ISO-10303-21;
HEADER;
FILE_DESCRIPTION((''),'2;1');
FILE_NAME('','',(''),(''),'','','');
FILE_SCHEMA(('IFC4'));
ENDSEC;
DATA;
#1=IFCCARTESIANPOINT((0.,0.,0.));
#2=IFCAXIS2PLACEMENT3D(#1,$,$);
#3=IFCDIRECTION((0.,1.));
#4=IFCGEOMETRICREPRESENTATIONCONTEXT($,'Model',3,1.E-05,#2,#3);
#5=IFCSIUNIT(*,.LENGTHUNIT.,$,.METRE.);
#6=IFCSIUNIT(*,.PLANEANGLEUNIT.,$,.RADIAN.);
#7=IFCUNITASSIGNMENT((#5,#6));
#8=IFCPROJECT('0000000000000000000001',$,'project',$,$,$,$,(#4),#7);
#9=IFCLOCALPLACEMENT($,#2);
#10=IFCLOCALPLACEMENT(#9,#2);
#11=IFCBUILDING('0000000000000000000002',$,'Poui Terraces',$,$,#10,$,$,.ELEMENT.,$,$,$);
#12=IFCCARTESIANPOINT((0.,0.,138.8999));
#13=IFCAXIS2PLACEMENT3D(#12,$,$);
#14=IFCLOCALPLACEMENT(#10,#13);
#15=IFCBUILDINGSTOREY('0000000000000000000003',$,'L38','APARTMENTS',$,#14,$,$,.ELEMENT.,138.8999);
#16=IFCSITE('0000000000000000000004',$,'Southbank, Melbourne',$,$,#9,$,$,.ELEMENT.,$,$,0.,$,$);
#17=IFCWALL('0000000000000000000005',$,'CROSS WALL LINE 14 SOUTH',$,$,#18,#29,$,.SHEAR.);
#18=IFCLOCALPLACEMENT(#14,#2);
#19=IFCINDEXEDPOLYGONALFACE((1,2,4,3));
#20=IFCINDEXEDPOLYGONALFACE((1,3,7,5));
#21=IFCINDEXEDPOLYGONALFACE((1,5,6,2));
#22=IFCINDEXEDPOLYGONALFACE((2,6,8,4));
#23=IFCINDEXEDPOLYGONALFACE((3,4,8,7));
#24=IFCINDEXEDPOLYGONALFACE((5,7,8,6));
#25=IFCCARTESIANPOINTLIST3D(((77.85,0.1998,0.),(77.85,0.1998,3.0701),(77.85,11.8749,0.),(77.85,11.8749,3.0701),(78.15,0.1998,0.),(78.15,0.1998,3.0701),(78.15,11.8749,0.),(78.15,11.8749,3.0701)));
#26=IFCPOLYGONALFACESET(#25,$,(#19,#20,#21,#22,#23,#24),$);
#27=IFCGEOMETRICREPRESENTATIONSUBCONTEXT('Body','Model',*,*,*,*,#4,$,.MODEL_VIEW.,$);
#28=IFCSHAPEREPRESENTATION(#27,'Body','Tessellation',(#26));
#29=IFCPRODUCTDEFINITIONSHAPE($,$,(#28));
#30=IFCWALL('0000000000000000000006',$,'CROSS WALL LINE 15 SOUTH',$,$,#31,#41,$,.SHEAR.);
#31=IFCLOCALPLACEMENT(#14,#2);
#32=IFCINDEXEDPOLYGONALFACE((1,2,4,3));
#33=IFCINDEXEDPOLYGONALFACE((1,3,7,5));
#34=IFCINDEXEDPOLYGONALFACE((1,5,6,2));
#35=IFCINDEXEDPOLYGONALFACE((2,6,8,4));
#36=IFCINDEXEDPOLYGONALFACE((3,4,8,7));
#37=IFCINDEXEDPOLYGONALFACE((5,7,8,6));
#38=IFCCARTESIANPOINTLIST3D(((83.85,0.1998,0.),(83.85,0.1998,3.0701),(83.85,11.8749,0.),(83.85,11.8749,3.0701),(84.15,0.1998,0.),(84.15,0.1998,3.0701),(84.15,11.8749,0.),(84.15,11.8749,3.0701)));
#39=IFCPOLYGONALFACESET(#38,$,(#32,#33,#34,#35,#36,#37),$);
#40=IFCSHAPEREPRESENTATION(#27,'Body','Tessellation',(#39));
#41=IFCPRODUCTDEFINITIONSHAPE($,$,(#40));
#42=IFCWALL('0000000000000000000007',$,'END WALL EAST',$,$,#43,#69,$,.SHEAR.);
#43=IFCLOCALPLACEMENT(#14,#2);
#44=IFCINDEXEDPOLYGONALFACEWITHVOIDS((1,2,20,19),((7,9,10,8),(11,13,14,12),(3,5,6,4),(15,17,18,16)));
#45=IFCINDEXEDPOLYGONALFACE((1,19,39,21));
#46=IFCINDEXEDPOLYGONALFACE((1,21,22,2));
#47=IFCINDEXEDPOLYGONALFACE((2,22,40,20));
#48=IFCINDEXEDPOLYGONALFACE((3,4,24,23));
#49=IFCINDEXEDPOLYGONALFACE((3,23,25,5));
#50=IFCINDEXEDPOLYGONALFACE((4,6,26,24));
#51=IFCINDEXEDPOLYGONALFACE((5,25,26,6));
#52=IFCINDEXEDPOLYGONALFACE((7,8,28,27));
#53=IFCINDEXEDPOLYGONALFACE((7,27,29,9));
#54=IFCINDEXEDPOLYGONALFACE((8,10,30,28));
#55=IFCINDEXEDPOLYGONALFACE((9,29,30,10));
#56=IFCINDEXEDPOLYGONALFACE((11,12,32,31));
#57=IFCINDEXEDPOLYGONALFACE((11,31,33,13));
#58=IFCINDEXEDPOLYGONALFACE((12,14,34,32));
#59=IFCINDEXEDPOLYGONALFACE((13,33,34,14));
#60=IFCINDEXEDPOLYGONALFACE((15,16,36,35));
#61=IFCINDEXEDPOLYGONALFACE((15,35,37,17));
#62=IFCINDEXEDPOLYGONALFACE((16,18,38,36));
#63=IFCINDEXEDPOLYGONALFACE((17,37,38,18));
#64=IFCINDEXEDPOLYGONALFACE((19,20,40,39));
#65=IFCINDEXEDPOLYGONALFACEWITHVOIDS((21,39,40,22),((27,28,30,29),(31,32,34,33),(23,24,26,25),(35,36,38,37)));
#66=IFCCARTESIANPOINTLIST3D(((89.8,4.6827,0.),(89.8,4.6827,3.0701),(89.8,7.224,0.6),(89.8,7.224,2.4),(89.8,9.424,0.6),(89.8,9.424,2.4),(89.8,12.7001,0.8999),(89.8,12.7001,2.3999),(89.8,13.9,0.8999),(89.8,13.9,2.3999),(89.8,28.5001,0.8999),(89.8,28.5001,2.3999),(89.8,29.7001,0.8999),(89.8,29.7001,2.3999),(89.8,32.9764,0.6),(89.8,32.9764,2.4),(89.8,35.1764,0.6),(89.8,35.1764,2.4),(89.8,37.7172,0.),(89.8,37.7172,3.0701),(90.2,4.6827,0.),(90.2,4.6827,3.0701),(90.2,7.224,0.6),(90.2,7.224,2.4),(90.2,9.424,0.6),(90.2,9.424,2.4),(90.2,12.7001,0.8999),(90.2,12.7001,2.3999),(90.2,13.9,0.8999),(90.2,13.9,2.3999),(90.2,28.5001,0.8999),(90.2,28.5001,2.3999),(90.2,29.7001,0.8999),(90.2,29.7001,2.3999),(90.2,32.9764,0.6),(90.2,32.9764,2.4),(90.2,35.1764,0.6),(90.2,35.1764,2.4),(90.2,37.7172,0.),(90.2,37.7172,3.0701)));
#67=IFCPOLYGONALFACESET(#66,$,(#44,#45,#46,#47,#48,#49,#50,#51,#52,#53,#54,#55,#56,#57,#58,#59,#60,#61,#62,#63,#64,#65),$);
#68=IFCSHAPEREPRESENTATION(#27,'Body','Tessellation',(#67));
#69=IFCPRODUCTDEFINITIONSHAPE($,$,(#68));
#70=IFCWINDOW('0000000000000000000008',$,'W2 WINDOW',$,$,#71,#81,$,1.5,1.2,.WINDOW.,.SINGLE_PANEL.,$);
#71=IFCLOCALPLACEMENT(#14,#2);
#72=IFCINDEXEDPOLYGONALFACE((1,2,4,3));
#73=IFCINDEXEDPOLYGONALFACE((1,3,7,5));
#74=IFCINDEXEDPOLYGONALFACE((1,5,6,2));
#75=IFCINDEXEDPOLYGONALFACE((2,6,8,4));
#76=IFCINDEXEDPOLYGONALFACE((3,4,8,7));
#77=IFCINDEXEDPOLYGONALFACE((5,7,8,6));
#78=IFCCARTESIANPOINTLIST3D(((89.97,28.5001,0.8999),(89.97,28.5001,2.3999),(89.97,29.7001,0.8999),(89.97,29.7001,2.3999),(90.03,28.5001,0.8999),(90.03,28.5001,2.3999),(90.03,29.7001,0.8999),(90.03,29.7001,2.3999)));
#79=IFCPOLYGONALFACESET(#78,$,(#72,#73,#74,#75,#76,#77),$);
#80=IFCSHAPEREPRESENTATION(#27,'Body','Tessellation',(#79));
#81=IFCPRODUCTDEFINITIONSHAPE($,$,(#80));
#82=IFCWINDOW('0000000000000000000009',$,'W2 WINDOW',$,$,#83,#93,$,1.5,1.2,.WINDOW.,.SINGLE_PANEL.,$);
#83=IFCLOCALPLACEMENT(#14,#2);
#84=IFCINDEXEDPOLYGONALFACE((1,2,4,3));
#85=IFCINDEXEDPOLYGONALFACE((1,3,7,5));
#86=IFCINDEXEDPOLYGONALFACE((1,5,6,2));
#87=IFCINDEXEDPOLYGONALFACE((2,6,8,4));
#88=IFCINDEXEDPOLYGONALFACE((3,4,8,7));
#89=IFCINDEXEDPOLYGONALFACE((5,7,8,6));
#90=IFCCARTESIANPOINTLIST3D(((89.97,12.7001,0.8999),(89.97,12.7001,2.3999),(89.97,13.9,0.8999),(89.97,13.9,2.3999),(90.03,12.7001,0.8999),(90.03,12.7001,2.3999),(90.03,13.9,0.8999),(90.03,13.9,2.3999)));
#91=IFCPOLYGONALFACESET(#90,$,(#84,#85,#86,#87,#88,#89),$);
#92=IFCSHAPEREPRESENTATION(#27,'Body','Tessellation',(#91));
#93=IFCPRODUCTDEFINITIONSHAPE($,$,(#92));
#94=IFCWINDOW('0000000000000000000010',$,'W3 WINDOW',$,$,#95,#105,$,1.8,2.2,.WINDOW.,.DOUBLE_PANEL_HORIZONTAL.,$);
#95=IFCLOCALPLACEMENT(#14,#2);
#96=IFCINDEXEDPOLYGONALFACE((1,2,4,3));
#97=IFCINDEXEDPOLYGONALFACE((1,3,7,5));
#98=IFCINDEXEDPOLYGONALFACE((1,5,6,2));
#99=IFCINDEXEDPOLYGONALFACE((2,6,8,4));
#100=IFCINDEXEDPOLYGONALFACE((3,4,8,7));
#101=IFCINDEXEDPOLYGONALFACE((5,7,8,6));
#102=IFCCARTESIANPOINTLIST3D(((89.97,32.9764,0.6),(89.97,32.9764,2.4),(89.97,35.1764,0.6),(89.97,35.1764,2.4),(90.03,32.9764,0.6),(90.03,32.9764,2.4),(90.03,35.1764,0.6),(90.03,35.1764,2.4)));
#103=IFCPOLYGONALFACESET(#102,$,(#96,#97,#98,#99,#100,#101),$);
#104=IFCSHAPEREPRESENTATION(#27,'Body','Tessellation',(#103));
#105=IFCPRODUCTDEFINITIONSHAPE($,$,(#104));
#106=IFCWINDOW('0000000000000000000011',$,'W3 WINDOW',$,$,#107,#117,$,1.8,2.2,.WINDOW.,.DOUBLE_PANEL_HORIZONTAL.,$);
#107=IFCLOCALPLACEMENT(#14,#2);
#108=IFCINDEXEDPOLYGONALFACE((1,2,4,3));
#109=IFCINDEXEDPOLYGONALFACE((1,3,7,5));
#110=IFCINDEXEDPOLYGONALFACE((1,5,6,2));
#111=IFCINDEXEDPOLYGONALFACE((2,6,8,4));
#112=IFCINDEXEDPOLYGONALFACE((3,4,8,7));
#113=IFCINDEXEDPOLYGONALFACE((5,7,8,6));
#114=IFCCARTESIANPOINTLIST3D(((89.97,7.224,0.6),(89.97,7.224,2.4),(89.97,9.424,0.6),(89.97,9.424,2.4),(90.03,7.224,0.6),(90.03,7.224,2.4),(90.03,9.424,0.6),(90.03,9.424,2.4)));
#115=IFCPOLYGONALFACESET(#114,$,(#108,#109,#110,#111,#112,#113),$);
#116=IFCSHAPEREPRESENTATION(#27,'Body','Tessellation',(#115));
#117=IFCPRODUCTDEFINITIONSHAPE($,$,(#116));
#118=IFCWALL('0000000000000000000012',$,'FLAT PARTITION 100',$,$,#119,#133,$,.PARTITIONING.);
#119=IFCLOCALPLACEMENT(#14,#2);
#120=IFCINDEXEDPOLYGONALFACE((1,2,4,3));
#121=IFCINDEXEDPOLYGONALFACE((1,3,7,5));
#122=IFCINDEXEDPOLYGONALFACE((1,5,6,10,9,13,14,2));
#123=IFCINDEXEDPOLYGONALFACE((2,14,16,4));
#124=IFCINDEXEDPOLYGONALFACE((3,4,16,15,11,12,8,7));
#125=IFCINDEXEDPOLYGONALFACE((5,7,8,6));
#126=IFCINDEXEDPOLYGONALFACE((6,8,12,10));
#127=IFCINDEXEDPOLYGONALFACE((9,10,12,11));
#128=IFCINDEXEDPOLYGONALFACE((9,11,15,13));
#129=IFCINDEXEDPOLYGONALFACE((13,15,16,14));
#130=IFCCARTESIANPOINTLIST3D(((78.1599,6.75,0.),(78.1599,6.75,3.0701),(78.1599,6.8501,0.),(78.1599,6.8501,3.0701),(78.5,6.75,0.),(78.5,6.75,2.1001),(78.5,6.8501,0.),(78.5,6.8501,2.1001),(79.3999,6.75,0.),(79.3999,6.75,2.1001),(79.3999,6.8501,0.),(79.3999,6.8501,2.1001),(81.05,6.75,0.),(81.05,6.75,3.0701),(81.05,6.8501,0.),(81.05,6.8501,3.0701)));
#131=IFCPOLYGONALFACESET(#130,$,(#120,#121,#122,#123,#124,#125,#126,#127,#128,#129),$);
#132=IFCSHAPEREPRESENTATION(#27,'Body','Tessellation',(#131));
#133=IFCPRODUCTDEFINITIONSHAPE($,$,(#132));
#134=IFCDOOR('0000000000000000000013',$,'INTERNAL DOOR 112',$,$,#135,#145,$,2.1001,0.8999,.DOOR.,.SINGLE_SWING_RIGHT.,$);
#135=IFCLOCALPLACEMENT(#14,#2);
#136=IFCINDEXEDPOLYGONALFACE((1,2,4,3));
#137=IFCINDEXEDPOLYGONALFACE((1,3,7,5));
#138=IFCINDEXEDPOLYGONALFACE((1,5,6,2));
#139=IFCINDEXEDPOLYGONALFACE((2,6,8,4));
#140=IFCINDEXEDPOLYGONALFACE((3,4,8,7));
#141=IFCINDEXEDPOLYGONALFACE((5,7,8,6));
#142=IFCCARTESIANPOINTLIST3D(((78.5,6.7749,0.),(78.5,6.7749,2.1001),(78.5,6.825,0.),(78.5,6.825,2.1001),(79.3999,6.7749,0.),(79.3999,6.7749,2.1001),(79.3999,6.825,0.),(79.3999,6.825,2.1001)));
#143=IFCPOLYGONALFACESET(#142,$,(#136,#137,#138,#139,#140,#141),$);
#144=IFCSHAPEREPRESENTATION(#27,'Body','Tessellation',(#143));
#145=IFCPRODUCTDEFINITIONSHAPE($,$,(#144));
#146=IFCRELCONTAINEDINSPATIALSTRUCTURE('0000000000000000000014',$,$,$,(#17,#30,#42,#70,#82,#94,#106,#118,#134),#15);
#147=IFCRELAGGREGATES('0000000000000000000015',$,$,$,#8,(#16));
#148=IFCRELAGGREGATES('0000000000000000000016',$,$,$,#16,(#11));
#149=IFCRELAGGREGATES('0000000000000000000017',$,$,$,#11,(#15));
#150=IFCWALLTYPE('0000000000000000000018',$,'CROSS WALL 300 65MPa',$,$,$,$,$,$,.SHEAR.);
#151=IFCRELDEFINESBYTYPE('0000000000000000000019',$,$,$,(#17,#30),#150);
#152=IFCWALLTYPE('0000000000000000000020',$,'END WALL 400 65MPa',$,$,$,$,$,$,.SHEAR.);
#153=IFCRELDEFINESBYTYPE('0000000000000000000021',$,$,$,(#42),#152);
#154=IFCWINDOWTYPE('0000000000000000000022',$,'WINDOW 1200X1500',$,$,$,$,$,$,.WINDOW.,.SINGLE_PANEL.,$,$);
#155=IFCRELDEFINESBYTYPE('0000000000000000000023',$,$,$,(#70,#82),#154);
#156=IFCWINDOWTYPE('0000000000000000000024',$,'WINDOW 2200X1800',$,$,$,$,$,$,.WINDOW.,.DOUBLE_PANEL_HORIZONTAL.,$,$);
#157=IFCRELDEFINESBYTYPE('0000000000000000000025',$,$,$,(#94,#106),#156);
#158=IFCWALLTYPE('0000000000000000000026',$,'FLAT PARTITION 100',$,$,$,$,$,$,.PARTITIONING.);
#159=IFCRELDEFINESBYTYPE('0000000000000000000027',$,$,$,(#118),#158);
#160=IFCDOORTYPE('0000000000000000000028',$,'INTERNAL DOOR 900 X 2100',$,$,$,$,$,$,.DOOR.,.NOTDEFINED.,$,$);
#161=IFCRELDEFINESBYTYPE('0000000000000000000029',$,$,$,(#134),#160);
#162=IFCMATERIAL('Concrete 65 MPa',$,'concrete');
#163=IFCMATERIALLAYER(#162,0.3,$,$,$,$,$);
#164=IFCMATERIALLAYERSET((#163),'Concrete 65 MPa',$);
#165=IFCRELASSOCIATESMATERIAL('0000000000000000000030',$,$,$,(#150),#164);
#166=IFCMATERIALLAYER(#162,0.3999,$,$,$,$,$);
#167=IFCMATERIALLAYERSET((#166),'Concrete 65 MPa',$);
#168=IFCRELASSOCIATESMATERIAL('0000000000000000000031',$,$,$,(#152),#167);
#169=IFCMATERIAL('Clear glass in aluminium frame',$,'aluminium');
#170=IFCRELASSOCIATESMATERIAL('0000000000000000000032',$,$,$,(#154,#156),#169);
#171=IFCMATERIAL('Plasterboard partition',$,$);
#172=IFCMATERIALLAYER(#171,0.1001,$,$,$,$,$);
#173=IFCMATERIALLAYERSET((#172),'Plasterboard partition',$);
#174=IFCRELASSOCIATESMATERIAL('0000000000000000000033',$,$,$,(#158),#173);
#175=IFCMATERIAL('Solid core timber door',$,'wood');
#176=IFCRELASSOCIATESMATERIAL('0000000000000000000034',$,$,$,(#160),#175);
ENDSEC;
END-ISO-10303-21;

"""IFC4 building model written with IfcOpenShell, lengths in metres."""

from ifc_helpers import new_model, si_unit, direction, frame, frame_2d, origin, place, context, subcontext, project, spatial, rectangle, extrude, material, layer, layer_set, type_object, element, fill, save


model = new_model("IFC4")

# Units and contexts
model_context = context("Model", 3, precision=1e-05, world=origin(), true_north=direction((0.0, 1.0)))
body_context = subcontext(model_context, "Body", "Model", "MODEL_VIEW")
ifc_project = project(units=[si_unit("LENGTHUNIT", "METRE"), si_unit("PLANEANGLEUNIT", "RADIAN")], contexts=[model_context])

# Site, building, storey
site_placement = place(None, origin())
site = spatial("IfcSite", under=ifc_project, at=site_placement, Name="Southbank, Melbourne", CompositionType="ELEMENT", RefElevation=0.0)
building_placement = place(site_placement, origin())
building = spatial("IfcBuilding", under=site, at=building_placement, Name="Poui Terraces", CompositionType="ELEMENT")
storey_placement = place(building_placement, frame((0.0, 0.0, 138.8999)))
storey = spatial("IfcBuildingStorey", under=building, at=storey_placement, Name="L38", Description="APARTMENTS", CompositionType="ELEMENT", Elevation=138.8999)

# Walls
ifc_material_1 = material(Name="Concrete 65 MPa", Category="concrete")
ifc_layer_1 = layer(ifc_material_1, 0.3)
ifc_layer_set_1 = layer_set([ifc_layer_1], Name="Concrete 65 MPa")
wall_type_1 = type_object("IfcWallType", Name="CROSS WALL 300 65MPa", PredefinedType="SHEAR", material=ifc_layer_set_1)
for number, where, z_axis, x_axis, name in (
    (1, (78.0, 0.2, 0.0), (0.0, 0.0, 1.0), (0.0, 1.0, 0.0), "CROSS WALL LINE 14 SOUTH"),
    (2, (84.0, 0.2, 0.0), (0.0, 0.0, 1.0), (0.0, 1.0, 0.0), "CROSS WALL LINE 15 SOUTH"),
):
    element("IfcWall", number, at=place(storey_placement, frame(where, z_axis=z_axis, x_axis=x_axis)), inside=storey, type_object=wall_type_1, Name=name, PredefinedType="SHEAR", context=body_context, shape_type="SweptSolid", body=[
        extrude(rectangle(XDim=11.675, YDim=0.3, at=frame_2d((5.8374, 0.0))), origin(), (0.0, 0.0, 1.0), 3.0701),
    ])

# Wall, openings, windows
ifc_layer_2 = layer(ifc_material_1, 0.3999)
ifc_layer_set_2 = layer_set([ifc_layer_2], Name="Concrete 65 MPa")
wall_type_2 = type_object("IfcWallType", Name="END WALL 400 65MPa", PredefinedType="SHEAR", material=ifc_layer_set_2)
wall_1_placement = place(storey_placement, frame((90.0, 4.6829, 0.0), z_axis=(0.0, 0.0, 1.0), x_axis=(0.0, 1.0, 0.0)))
wall_1 = element("IfcWall", 3, at=wall_1_placement, inside=storey, type_object=wall_type_2, Name="END WALL EAST", PredefinedType="SHEAR", context=body_context, shape_type="SweptSolid", body=[
    extrude(rectangle(XDim=33.0344, YDim=0.3999, at=frame_2d((16.5171, 0.0))), origin(), (0.0, 0.0, 1.0), 3.0701),
])
opening_1_placement = place(wall_1_placement, frame((23.8171, 0.0, 0.8999)))
opening_1 = element("IfcOpeningElement", 4, at=opening_1_placement, cuts=wall_1, PredefinedType="OPENING", context=body_context, shape_type="SweptSolid", body=[
    extrude(rectangle(XDim=1.2, YDim=1.5, at=frame_2d((0.6001, 0.75))), frame((0.0, 0.21, 0.0), z_axis=(0.0, -1.0, 0.0), x_axis=(1.0, 0.0, 0.0)), (0.0, 0.0, 1.0), 0.4199),
])
opening_2_placement = place(wall_1_placement, frame((8.0171, 0.0, 0.8999)))
opening_2 = element("IfcOpeningElement", 5, at=opening_2_placement, cuts=wall_1, PredefinedType="OPENING", context=body_context, shape_type="SweptSolid", body=[
    extrude(rectangle(XDim=1.2, YDim=1.5, at=frame_2d((0.6001, 0.75))), frame((0.0, 0.21, 0.0), z_axis=(0.0, -1.0, 0.0), x_axis=(1.0, 0.0, 0.0)), (0.0, 0.0, 1.0), 0.4199),
])
opening_3_placement = place(wall_1_placement, frame((28.2935, 0.0, 0.6001)))
opening_3 = element("IfcOpeningElement", 6, at=opening_3_placement, cuts=wall_1, PredefinedType="OPENING", context=body_context, shape_type="SweptSolid", body=[
    extrude(rectangle(XDim=2.2, YDim=1.8, at=frame_2d((1.1001, 0.8999))), frame((0.0, 0.21, 0.0), z_axis=(0.0, -1.0, 0.0), x_axis=(1.0, 0.0, 0.0)), (0.0, 0.0, 1.0), 0.4199),
])
opening_4_placement = place(wall_1_placement, frame((2.541, 0.0, 0.6001)))
opening_4 = element("IfcOpeningElement", 7, at=opening_4_placement, cuts=wall_1, PredefinedType="OPENING", context=body_context, shape_type="SweptSolid", body=[
    extrude(rectangle(XDim=2.2, YDim=1.8, at=frame_2d((1.1001, 0.8999))), frame((0.0, 0.21, 0.0), z_axis=(0.0, -1.0, 0.0), x_axis=(1.0, 0.0, 0.0)), (0.0, 0.0, 1.0), 0.4199),
])
ifc_material_2 = material(Name="Clear glass in aluminium frame", Category="aluminium")
window_type_1 = type_object("IfcWindowType", Name="WINDOW 1200X1500", PartitioningType="SINGLE_PANEL", PredefinedType="WINDOW", material=ifc_material_2)
window_1_placement = place(opening_1_placement, origin())
window_1 = element("IfcWindow", 8, at=window_1_placement, inside=storey, type_object=window_type_1, Name="W2 WINDOW", OverallHeight=1.5, OverallWidth=1.2, PartitioningType="SINGLE_PANEL", PredefinedType="WINDOW", context=body_context, shape_type="SweptSolid", body=[
    extrude(rectangle(XDim=1.2, YDim=1.5, at=frame_2d((0.6001, 0.75))), frame((0.0, 0.03, 0.0), z_axis=(0.0, -1.0, 0.0), x_axis=(1.0, 0.0, 0.0)), (0.0, 0.0, 1.0), 0.0601),
])
fill(opening_1, window_1)
window_2_placement = place(opening_2_placement, origin())
window_2 = element("IfcWindow", 9, at=window_2_placement, inside=storey, type_object=window_type_1, Name="W2 WINDOW", OverallHeight=1.5, OverallWidth=1.2, PartitioningType="SINGLE_PANEL", PredefinedType="WINDOW", context=body_context, shape_type="SweptSolid", body=[
    extrude(rectangle(XDim=1.2, YDim=1.5, at=frame_2d((0.6001, 0.75))), frame((0.0, 0.03, 0.0), z_axis=(0.0, -1.0, 0.0), x_axis=(1.0, 0.0, 0.0)), (0.0, 0.0, 1.0), 0.0601),
])
fill(opening_2, window_2)
window_type_2 = type_object("IfcWindowType", Name="WINDOW 2200X1800", PartitioningType="DOUBLE_PANEL_HORIZONTAL", PredefinedType="WINDOW", material=ifc_material_2)
window_3_placement = place(opening_3_placement, origin())
window_3 = element("IfcWindow", 10, at=window_3_placement, inside=storey, type_object=window_type_2, Name="W3 WINDOW", OverallHeight=1.8, OverallWidth=2.2, PartitioningType="DOUBLE_PANEL_HORIZONTAL", PredefinedType="WINDOW", context=body_context, shape_type="SweptSolid", body=[
    extrude(rectangle(XDim=2.2, YDim=1.8, at=frame_2d((1.1001, 0.8999))), frame((0.0, 0.03, 0.0), z_axis=(0.0, -1.0, 0.0), x_axis=(1.0, 0.0, 0.0)), (0.0, 0.0, 1.0), 0.0601),
])
fill(opening_3, window_3)
window_4_placement = place(opening_4_placement, origin())
window_4 = element("IfcWindow", 11, at=window_4_placement, inside=storey, type_object=window_type_2, Name="W3 WINDOW", OverallHeight=1.8, OverallWidth=2.2, PartitioningType="DOUBLE_PANEL_HORIZONTAL", PredefinedType="WINDOW", context=body_context, shape_type="SweptSolid", body=[
    extrude(rectangle(XDim=2.2, YDim=1.8, at=frame_2d((1.1001, 0.8999))), frame((0.0, 0.03, 0.0), z_axis=(0.0, -1.0, 0.0), x_axis=(1.0, 0.0, 0.0)), (0.0, 0.0, 1.0), 0.0601),
])
fill(opening_4, window_4)

# Wall, opening, door
ifc_material_3 = material(Name="Plasterboard partition")
ifc_layer_3 = layer(ifc_material_3, 0.1001)
ifc_layer_set_3 = layer_set([ifc_layer_3], Name="Plasterboard partition")
wall_type_3 = type_object("IfcWallType", Name="FLAT PARTITION 100", PredefinedType="PARTITIONING", material=ifc_layer_set_3)
wall_2_placement = place(storey_placement, frame((78.1599, 6.8, 0.0), z_axis=(0.0, 0.0, 1.0), x_axis=(1.0, 0.0, 0.0)))
wall_2 = element("IfcWall", 12, at=wall_2_placement, inside=storey, type_object=wall_type_3, Name="FLAT PARTITION 100", PredefinedType="PARTITIONING", context=body_context, shape_type="SweptSolid", body=[
    extrude(rectangle(XDim=2.8901, YDim=0.1001, at=frame_2d((1.4451, 0.0))), origin(), (0.0, 0.0, 1.0), 3.0701),
])
opening_5_placement = place(wall_2_placement, frame((0.3401, 0.0, 0.0)))
opening_5 = element("IfcOpeningElement", 13, at=opening_5_placement, cuts=wall_2, PredefinedType="OPENING", context=body_context, shape_type="SweptSolid", body=[
    extrude(rectangle(XDim=0.8999, YDim=2.1001, at=frame_2d((0.45, 1.05))), frame((0.0, 0.0601, 0.0), z_axis=(0.0, -1.0, 0.0), x_axis=(1.0, 0.0, 0.0)), (0.0, 0.0, 1.0), 0.1201),
])
ifc_material_4 = material(Name="Solid core timber door", Category="wood")
door_type_1 = type_object("IfcDoorType", Name="INTERNAL DOOR 900 X 2100", OperationType="NOTDEFINED", PredefinedType="DOOR", material=ifc_material_4)
door_1_placement = place(opening_5_placement, origin())
door_1 = element("IfcDoor", 14, at=door_1_placement, inside=storey, type_object=door_type_1, Name="INTERNAL DOOR 112", OperationType="SINGLE_SWING_RIGHT", OverallHeight=2.1001, OverallWidth=0.8999, PredefinedType="DOOR", context=body_context, shape_type="SweptSolid", body=[
    extrude(rectangle(XDim=0.8999, YDim=2.1001, at=frame_2d((0.45, 1.05))), frame((0.0, 0.0249, 0.0), z_axis=(0.0, -1.0, 0.0), x_axis=(1.0, 0.0, 0.0)), (0.0, 0.0, 1.0), 0.05),
])
fill(opening_5, door_1)

save(model, "model.ifc")
